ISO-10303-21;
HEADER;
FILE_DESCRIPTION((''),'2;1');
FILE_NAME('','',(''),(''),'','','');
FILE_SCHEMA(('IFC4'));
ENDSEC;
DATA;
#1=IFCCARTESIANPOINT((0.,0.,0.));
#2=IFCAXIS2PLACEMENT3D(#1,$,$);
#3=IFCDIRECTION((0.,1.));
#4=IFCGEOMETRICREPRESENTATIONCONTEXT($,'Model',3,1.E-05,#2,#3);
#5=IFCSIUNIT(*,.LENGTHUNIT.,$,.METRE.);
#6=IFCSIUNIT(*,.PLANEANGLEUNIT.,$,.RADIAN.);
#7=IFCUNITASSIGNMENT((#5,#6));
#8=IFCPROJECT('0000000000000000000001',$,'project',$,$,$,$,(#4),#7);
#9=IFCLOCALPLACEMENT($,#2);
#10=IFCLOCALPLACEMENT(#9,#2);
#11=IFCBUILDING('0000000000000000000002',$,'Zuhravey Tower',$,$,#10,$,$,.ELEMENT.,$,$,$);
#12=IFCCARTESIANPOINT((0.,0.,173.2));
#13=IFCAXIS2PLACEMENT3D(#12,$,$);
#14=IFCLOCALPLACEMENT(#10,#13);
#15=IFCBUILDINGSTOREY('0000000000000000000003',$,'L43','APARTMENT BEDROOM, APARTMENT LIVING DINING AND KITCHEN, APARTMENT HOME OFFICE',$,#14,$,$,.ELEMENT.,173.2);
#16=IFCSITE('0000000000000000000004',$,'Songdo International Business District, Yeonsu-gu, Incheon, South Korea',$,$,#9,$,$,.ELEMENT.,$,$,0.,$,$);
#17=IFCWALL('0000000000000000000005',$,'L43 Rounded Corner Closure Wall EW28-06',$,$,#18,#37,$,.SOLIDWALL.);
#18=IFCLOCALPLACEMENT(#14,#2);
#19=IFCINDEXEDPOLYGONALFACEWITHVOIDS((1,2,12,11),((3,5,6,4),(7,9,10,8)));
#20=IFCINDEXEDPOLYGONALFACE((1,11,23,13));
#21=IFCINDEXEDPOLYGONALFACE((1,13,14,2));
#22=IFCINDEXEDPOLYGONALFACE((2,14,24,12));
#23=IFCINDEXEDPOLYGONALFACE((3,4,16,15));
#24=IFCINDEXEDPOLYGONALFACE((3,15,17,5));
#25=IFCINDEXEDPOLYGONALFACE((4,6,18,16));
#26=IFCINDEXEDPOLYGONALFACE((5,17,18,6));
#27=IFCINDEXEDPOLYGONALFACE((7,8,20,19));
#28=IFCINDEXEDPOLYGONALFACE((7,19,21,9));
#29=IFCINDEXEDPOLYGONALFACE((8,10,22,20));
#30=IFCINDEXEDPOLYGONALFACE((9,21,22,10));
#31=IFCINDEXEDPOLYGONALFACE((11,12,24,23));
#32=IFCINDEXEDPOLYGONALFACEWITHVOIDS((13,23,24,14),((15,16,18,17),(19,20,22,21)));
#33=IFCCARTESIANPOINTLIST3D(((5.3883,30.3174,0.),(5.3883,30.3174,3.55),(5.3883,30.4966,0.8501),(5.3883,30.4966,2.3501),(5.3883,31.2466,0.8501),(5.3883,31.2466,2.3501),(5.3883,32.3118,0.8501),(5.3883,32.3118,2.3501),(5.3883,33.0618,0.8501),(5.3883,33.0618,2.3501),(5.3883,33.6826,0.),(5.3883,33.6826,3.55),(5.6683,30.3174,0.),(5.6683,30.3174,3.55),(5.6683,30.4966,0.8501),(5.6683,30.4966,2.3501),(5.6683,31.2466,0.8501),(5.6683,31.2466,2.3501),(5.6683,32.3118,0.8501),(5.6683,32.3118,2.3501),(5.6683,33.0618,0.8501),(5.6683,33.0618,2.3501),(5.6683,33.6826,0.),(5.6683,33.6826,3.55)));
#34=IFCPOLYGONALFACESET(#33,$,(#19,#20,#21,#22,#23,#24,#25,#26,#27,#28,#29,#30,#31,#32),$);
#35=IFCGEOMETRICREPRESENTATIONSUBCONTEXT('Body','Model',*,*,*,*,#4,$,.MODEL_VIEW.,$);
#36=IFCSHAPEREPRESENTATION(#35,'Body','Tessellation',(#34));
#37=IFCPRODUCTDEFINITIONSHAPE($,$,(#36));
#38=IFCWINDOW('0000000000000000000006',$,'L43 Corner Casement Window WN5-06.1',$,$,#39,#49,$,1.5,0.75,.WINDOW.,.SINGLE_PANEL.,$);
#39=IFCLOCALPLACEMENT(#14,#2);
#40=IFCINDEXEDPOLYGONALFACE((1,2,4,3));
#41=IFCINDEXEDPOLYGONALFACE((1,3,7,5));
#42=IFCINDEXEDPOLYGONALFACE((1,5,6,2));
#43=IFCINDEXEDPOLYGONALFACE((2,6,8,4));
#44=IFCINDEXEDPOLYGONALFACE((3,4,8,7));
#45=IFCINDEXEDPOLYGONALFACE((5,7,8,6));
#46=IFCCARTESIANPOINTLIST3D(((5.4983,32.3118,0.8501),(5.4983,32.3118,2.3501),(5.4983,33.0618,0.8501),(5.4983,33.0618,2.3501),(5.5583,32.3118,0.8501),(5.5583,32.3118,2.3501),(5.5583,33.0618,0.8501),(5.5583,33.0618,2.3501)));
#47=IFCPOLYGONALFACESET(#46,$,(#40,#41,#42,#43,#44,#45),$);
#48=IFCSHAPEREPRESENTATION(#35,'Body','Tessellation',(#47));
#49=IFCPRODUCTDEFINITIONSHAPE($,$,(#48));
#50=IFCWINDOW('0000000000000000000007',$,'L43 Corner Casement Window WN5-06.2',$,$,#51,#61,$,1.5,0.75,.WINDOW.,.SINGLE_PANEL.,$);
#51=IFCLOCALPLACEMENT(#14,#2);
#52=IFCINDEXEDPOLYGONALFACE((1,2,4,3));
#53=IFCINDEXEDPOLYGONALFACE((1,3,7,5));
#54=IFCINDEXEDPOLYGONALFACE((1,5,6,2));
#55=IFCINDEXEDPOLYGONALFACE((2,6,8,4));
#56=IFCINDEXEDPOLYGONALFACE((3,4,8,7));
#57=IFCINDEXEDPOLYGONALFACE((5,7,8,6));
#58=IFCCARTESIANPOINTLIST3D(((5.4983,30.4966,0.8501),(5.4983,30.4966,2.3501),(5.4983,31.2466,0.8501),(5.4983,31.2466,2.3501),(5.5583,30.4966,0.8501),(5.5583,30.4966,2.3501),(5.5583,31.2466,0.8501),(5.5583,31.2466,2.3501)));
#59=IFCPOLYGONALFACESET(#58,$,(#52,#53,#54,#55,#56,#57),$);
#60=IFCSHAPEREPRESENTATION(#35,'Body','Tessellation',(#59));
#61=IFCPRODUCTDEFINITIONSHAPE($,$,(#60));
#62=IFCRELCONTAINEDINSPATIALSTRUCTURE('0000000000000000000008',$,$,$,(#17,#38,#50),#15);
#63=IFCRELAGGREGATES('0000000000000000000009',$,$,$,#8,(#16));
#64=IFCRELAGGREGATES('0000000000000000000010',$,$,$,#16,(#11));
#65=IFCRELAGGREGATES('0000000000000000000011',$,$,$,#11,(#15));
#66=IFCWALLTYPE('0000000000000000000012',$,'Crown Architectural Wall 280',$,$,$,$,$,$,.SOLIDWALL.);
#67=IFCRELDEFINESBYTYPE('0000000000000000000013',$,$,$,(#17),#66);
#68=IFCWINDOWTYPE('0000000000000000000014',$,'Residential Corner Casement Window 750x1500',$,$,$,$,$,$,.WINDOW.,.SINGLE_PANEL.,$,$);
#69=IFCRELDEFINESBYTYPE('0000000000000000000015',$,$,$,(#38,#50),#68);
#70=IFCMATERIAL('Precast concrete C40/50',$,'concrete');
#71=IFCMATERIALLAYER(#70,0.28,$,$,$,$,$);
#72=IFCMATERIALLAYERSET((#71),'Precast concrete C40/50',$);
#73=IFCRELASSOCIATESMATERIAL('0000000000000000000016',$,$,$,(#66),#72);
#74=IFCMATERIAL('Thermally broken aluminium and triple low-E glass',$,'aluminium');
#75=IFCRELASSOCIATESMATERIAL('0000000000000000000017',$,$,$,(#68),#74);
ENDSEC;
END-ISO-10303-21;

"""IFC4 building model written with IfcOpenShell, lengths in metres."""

from ifc_helpers import new_model, si_unit, direction, frame, frame_2d, origin, place, context, subcontext, project, spatial, rectangle, extrude, material, layer, layer_set, type_object, element, fill, save


model = new_model("IFC4")

# Units and contexts
model_context = context("Model", 3, precision=1e-05, world=origin(), true_north=direction((0.0, 1.0)))
body_context = subcontext(model_context, "Body", "Model", "MODEL_VIEW")
ifc_project = project(units=[si_unit("LENGTHUNIT", "METRE"), si_unit("PLANEANGLEUNIT", "RADIAN")], contexts=[model_context])

# Site, building, storey
site_placement = place(None, origin())
site = spatial("IfcSite", under=ifc_project, at=site_placement, Name="Songdo International Business District, Yeonsu-gu, Incheon, South Korea", CompositionType="ELEMENT", RefElevation=0.0)
building_placement = place(site_placement, origin())
building = spatial("IfcBuilding", under=site, at=building_placement, Name="Zuhravey Tower", CompositionType="ELEMENT")
storey_placement = place(building_placement, frame((0.0, 0.0, 173.2)))
storey = spatial("IfcBuildingStorey", under=building, at=storey_placement, Name="L43", Description="APARTMENT BEDROOM, APARTMENT LIVING DINING AND KITCHEN, APARTMENT HOME OFFICE", CompositionType="ELEMENT", Elevation=173.2)

# Wall, openings, windows
ifc_material_1 = material(Name="Precast concrete C40/50", Category="concrete")
ifc_layer_1 = layer(ifc_material_1, 0.28)
ifc_layer_set_1 = layer_set([ifc_layer_1], Name="Precast concrete C40/50")
wall_type = type_object("IfcWallType", Name="Crown Architectural Wall 280", PredefinedType="SOLIDWALL", material=ifc_layer_set_1)
wall_placement = place(storey_placement, frame((5.5283, 30.3174, 0.0), z_axis=(0.0, 0.0, 1.0), x_axis=(0.0, 1.0, 0.0)))
wall = element("IfcWall", 1, at=wall_placement, inside=storey, type_object=wall_type, Name="L43 Rounded Corner Closure Wall EW28-06", PredefinedType="SOLIDWALL", context=body_context, shape_type="SweptSolid", body=[
    extrude(rectangle(XDim=3.3652, YDim=0.28, at=frame_2d((1.6826, 0.0))), origin(), (0.0, 0.0, 1.0), 3.55),
])
opening_1_placement = place(wall_placement, frame((1.9944, 0.0, 0.8501)))
opening_1 = element("IfcOpeningElement", 2, at=opening_1_placement, cuts=wall, PredefinedType="OPENING", context=body_context, shape_type="SweptSolid", body=[
    extrude(rectangle(XDim=0.75, YDim=1.5, at=frame_2d((0.375, 0.75))), frame((0.0, 0.1521, 0.0), z_axis=(0.0, -1.0, 0.0), x_axis=(1.0, 0.0, 0.0)), (0.0, 0.0, 1.0), 0.304),
])
opening_2_placement = place(wall_placement, frame((0.1792, 0.0, 0.8501)))
opening_2 = element("IfcOpeningElement", 3, at=opening_2_placement, cuts=wall, PredefinedType="OPENING", context=body_context, shape_type="SweptSolid", body=[
    extrude(rectangle(XDim=0.75, YDim=1.5, at=frame_2d((0.375, 0.75))), frame((0.0, 0.1521, 0.0), z_axis=(0.0, -1.0, 0.0), x_axis=(1.0, 0.0, 0.0)), (0.0, 0.0, 1.0), 0.304),
])
ifc_material_2 = material(Name="Thermally broken aluminium and triple low-E glass", Category="aluminium")
window_type = type_object("IfcWindowType", Name="Residential Corner Casement Window 750x1500", PartitioningType="SINGLE_PANEL", PredefinedType="WINDOW", material=ifc_material_2)
window_1_placement = place(opening_1_placement, origin())
window_1 = element("IfcWindow", 4, at=window_1_placement, inside=storey, type_object=window_type, Name="L43 Corner Casement Window WN5-06.1", OverallHeight=1.5, OverallWidth=0.75, PartitioningType="SINGLE_PANEL", PredefinedType="WINDOW", context=body_context, shape_type="SweptSolid", body=[
    extrude(rectangle(XDim=0.75, YDim=1.5, at=frame_2d((0.375, 0.75))), frame((0.0, 0.03, 0.0), z_axis=(0.0, -1.0, 0.0), x_axis=(1.0, 0.0, 0.0)), (0.0, 0.0, 1.0), 0.0601),
])
fill(opening_1, window_1)
window_2_placement = place(opening_2_placement, origin())
window_2 = element("IfcWindow", 5, at=window_2_placement, inside=storey, type_object=window_type, Name="L43 Corner Casement Window WN5-06.2", OverallHeight=1.5, OverallWidth=0.75, PartitioningType="SINGLE_PANEL", PredefinedType="WINDOW", context=body_context, shape_type="SweptSolid", body=[
    extrude(rectangle(XDim=0.75, YDim=1.5, at=frame_2d((0.375, 0.75))), frame((0.0, 0.03, 0.0), z_axis=(0.0, -1.0, 0.0), x_axis=(1.0, 0.0, 0.0)), (0.0, 0.0, 1.0), 0.0601),
])
fill(opening_2, window_2)

save(model, "model.ifc")
